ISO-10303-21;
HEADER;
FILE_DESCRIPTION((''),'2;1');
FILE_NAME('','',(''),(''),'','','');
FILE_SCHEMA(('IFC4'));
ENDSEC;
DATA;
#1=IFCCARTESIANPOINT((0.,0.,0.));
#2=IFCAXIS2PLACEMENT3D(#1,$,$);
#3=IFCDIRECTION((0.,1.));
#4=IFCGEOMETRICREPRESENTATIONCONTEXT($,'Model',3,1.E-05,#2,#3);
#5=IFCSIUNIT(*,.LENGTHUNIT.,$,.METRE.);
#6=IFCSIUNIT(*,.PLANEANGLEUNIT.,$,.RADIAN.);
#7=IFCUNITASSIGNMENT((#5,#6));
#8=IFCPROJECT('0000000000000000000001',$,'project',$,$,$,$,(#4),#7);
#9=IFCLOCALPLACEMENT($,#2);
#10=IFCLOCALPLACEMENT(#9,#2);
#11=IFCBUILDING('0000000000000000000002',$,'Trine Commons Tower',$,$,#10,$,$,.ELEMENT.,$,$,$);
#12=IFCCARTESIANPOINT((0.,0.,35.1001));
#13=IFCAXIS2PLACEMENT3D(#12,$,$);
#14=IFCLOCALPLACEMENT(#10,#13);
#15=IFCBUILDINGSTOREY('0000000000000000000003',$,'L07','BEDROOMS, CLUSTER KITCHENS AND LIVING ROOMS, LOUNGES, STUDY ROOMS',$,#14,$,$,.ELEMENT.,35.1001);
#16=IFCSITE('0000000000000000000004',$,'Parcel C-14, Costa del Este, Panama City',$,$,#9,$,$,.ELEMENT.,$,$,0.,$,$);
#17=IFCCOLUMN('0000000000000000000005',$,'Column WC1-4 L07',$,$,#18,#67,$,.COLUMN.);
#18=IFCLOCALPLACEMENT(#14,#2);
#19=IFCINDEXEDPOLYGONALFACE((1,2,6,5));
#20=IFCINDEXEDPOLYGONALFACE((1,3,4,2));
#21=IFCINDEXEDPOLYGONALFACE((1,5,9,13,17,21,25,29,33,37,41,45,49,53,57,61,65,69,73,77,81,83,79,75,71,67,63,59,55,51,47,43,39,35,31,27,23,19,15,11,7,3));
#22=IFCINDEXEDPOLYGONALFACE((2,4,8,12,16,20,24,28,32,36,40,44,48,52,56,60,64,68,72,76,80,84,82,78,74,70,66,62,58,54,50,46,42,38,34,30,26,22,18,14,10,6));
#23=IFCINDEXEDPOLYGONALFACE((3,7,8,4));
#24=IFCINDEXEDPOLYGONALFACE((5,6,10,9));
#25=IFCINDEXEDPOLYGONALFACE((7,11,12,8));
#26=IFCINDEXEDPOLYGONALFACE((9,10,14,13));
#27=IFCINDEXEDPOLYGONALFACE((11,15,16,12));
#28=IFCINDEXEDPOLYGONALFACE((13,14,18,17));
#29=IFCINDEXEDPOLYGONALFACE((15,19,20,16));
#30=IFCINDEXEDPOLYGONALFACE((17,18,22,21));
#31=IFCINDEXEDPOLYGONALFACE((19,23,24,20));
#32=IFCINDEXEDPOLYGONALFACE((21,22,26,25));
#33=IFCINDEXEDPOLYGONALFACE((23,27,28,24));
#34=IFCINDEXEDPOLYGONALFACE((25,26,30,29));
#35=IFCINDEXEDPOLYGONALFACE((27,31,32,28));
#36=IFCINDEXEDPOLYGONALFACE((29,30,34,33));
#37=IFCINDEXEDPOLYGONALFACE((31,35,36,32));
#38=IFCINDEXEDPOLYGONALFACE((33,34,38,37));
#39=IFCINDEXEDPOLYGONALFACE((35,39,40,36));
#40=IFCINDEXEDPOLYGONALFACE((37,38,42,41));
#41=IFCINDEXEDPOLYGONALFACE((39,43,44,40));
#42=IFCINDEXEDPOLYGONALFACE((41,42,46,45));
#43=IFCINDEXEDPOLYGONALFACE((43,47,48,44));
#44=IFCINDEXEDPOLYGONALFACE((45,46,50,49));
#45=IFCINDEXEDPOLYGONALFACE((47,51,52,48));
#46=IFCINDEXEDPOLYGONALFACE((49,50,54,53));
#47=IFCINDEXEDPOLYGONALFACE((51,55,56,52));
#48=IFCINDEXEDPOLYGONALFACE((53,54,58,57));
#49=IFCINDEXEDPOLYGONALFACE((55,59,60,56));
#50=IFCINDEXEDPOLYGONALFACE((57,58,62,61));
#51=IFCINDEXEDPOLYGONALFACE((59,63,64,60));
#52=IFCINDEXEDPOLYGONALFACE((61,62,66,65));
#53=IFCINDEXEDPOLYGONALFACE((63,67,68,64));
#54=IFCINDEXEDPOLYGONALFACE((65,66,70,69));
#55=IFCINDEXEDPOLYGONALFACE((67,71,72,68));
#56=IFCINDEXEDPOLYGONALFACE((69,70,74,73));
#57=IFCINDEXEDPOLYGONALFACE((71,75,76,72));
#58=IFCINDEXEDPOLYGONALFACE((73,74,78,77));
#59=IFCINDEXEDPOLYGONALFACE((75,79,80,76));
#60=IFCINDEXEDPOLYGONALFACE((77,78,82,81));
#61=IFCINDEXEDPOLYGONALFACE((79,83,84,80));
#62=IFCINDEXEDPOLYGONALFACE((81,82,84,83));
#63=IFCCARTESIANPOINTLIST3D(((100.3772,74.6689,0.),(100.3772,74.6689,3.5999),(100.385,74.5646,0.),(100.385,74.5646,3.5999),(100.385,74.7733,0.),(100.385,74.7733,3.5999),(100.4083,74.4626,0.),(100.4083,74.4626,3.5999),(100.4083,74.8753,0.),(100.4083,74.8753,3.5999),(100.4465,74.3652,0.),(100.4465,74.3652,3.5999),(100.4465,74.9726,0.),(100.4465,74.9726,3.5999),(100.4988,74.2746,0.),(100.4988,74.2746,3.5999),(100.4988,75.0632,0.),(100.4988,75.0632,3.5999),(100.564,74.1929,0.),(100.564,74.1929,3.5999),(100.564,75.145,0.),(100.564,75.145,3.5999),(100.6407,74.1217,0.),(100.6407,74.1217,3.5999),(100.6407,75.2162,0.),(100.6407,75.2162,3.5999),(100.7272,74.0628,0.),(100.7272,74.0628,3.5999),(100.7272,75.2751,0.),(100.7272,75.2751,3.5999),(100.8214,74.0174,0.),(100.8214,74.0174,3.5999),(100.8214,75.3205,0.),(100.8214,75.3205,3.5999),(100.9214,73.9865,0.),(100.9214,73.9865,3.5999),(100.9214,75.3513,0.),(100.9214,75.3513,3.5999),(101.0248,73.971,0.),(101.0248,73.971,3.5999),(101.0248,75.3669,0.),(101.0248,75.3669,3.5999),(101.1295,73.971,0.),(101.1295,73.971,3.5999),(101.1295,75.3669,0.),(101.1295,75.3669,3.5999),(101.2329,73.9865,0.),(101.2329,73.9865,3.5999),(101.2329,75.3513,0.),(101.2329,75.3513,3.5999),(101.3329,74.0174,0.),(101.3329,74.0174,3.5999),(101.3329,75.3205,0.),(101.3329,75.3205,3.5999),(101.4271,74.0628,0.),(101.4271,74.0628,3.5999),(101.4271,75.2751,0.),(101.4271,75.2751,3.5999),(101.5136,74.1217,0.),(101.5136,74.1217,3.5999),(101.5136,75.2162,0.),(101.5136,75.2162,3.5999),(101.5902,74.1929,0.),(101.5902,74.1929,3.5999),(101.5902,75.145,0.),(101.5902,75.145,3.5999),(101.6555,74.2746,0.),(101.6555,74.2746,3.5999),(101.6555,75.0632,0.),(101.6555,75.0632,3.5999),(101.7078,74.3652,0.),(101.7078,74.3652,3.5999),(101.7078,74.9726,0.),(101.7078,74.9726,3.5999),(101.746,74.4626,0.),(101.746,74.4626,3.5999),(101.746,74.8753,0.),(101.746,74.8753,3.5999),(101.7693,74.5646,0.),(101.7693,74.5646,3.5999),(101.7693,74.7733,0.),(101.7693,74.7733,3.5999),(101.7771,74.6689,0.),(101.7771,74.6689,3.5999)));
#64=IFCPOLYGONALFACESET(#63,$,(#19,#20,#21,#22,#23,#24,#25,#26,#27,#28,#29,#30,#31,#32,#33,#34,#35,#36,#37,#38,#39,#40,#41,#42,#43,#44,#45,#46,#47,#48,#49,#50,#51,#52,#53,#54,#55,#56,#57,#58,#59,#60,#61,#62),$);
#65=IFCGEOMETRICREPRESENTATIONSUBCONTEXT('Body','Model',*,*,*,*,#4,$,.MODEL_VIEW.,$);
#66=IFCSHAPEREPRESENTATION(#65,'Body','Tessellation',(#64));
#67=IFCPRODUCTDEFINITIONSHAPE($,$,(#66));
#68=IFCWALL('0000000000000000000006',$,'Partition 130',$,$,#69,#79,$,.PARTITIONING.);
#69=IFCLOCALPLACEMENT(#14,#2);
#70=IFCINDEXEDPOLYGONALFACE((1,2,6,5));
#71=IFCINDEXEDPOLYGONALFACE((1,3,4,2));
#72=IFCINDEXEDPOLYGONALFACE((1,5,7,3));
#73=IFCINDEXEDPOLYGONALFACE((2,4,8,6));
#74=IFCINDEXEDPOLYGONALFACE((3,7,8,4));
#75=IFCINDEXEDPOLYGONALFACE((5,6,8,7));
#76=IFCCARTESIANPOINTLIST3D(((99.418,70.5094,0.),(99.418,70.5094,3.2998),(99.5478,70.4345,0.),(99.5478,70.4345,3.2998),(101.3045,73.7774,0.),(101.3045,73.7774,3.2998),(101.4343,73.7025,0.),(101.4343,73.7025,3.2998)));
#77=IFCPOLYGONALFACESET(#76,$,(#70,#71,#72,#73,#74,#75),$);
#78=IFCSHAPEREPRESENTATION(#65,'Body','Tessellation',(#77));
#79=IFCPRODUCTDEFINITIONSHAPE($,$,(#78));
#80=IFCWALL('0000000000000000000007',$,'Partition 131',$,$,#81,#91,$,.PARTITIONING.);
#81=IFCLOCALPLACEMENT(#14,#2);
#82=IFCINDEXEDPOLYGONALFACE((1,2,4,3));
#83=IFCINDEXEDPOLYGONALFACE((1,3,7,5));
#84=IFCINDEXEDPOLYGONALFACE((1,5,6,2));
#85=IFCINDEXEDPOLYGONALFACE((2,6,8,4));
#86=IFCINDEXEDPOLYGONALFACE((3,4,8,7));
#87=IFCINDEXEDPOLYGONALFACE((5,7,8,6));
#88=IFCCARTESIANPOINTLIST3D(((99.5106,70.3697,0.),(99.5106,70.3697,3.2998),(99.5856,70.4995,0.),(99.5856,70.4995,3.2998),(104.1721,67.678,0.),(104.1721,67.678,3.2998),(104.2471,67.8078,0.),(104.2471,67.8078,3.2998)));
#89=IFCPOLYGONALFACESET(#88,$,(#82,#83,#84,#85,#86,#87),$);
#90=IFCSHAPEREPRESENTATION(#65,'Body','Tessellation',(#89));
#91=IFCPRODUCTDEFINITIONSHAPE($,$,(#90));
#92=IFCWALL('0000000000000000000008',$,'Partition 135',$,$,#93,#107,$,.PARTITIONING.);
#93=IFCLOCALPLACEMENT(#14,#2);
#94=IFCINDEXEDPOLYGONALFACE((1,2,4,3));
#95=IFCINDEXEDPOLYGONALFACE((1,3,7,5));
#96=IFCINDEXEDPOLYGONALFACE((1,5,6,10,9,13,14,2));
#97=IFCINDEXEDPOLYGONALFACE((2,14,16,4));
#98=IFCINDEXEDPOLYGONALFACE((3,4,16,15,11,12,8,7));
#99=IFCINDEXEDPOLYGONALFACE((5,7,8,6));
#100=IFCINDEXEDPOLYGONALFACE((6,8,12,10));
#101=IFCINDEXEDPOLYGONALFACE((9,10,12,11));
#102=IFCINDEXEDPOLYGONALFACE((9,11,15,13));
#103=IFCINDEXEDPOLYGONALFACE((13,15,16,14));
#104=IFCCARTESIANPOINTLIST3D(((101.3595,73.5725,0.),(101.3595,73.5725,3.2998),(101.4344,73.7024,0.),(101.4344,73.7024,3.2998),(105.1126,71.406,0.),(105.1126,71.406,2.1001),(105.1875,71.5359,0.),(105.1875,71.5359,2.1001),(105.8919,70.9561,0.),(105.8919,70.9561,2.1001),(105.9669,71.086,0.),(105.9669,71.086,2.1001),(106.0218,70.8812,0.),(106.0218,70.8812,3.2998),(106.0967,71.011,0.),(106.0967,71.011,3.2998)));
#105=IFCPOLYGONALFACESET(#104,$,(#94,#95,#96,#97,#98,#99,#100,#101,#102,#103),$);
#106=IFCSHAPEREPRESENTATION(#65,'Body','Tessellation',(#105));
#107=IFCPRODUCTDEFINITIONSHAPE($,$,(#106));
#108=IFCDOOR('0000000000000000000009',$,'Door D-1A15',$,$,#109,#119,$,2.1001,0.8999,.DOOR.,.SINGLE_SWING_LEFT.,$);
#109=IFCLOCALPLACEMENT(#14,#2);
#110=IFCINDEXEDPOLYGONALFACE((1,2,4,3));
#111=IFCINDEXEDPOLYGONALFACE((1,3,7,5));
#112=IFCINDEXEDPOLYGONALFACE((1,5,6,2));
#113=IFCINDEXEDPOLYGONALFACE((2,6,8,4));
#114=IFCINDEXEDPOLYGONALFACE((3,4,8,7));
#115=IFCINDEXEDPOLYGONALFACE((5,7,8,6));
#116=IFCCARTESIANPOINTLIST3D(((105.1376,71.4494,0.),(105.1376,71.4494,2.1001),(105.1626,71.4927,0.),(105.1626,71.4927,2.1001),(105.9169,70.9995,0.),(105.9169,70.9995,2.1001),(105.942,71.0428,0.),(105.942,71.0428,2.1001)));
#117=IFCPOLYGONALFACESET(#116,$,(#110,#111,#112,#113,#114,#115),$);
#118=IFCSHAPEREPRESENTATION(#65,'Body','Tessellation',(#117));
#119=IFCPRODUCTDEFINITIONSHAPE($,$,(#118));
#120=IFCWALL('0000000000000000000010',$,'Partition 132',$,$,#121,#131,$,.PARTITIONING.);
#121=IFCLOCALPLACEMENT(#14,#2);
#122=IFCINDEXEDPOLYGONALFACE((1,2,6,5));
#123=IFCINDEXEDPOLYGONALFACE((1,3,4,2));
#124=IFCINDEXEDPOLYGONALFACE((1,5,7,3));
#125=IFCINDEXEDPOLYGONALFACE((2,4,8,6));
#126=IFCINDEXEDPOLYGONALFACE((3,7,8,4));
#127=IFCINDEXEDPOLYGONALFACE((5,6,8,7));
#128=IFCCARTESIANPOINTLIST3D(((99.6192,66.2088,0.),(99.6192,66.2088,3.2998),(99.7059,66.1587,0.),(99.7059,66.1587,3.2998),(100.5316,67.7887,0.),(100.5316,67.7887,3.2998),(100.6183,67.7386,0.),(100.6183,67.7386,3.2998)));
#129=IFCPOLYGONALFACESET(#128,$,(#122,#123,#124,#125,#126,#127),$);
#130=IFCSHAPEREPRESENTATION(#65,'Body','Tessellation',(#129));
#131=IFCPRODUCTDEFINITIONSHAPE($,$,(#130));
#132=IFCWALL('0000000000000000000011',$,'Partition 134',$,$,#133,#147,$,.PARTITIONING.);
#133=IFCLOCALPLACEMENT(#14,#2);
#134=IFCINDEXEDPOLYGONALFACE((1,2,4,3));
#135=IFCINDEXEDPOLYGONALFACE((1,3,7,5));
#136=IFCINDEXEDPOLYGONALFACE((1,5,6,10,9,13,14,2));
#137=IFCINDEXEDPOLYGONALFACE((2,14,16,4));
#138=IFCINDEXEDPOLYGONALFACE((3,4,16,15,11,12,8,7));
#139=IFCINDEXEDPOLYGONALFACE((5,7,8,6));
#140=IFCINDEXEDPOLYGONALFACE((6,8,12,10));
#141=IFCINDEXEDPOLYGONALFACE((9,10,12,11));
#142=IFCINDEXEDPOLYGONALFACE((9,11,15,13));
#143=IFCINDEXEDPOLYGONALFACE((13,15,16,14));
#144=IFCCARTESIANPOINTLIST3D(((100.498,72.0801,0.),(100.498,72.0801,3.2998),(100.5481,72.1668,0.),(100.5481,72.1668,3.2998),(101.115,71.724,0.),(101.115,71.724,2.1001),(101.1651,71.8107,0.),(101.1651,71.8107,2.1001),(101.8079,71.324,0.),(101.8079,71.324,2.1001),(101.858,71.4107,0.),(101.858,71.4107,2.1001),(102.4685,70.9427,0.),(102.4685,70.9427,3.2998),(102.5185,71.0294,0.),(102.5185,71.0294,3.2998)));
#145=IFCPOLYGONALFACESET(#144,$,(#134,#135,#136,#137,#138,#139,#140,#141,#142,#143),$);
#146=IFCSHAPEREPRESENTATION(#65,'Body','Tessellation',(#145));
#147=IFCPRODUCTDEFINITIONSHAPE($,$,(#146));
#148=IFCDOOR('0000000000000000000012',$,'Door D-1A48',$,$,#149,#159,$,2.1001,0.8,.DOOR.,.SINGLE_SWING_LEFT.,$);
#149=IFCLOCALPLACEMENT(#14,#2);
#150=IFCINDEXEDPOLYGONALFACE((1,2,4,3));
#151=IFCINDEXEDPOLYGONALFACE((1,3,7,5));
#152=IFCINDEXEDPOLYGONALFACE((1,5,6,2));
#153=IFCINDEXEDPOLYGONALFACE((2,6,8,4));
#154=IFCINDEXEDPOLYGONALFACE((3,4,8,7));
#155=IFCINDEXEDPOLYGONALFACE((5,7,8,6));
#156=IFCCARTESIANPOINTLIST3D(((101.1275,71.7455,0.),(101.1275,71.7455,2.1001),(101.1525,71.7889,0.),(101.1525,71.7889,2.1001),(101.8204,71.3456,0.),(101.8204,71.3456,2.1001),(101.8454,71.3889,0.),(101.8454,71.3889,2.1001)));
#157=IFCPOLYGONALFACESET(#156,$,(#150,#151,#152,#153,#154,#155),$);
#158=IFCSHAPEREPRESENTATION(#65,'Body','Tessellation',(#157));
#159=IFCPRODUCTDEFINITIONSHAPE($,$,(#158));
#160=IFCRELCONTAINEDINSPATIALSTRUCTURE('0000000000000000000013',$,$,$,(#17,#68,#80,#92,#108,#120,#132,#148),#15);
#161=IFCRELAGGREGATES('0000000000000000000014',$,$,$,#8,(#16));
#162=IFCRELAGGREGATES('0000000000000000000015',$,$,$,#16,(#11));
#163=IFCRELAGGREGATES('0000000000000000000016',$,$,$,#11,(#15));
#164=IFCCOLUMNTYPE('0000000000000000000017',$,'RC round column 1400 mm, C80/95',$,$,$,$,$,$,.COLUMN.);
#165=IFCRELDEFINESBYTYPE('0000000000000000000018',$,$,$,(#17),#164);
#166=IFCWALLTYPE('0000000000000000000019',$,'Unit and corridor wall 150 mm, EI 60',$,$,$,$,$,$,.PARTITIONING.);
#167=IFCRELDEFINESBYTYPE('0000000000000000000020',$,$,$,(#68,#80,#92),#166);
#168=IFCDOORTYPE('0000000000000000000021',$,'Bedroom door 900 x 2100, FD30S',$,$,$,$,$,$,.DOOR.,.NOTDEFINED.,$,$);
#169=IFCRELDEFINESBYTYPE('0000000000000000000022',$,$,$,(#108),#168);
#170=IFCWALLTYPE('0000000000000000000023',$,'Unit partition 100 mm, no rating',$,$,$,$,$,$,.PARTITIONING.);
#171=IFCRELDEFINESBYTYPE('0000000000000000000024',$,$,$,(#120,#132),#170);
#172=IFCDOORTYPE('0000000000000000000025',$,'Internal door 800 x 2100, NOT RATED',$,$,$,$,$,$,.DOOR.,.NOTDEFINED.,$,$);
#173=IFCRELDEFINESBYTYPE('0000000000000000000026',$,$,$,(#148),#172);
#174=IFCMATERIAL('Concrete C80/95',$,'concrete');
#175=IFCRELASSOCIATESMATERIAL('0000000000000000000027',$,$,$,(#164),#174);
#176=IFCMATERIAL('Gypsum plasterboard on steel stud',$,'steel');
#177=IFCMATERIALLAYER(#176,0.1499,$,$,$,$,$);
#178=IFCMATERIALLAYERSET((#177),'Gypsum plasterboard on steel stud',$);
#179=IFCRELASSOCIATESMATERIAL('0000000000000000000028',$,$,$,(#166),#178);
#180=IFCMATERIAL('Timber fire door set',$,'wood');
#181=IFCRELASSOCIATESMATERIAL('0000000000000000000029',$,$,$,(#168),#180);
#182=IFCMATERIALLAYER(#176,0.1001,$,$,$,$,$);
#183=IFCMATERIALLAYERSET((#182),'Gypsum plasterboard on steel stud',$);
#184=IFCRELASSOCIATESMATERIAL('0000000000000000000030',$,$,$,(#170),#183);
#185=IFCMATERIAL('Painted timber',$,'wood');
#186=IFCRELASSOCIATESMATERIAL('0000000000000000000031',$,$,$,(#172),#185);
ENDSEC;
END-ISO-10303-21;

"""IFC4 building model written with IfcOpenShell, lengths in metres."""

from ifc_helpers import new_model, si_unit, direction, frame, frame_2d, origin, origin_2d, place, context, subcontext, project, spatial, rectangle, circle, extrude, material, layer, layer_set, material_profile, profile_set, type_object, element, fill, save


model = new_model("IFC4")

# Units and contexts
model_context = context("Model", 3, precision=1e-05, world=origin(), true_north=direction((0.0, 1.0)))
body_context = subcontext(model_context, "Body", "Model", "MODEL_VIEW")
ifc_project = project(units=[si_unit("LENGTHUNIT", "METRE"), si_unit("PLANEANGLEUNIT", "RADIAN")], contexts=[model_context])

# Site, building, storey
site_placement = place(None, origin())
site = spatial("IfcSite", under=ifc_project, at=site_placement, Name="Parcel C-14, Costa del Este, Panama City", CompositionType="ELEMENT", RefElevation=0.0)
building_placement = place(site_placement, origin())
building = spatial("IfcBuilding", under=site, at=building_placement, Name="Trine Commons Tower", CompositionType="ELEMENT")
storey_placement = place(building_placement, frame((0.0, 0.0, 35.1001)))
storey = spatial("IfcBuildingStorey", under=building, at=storey_placement, Name="L07", Description="BEDROOMS, CLUSTER KITCHENS AND LIVING ROOMS, LOUNGES, STUDY ROOMS", CompositionType="ELEMENT", Elevation=35.1001)

# Column
ifc_material_1 = material(Name="Concrete C80/95", Category="concrete")
ifc_material_profile = material_profile(ifc_material_1, circle(Radius=0.7, at=origin_2d()), Name="RC round 1400")
ifc_profile_set = profile_set([ifc_material_profile], Name="Concrete C80/95")
column_type = type_object("IfcColumnType", Name="RC round column 1400 mm, C80/95", PredefinedType="COLUMN", material=ifc_profile_set)
column_placement = place(storey_placement, frame((101.0771, 74.6689, 0.0), z_axis=(0.0, 0.0, 1.0), x_axis=(1.0, 0.0, 0.0)))
element("IfcColumn", 1, at=column_placement, inside=storey, type_object=column_type, Name="Column WC1-4 L07", PredefinedType="COLUMN", context=body_context, shape_type="SweptSolid", body=[
    extrude(circle(Radius=0.7, at=origin_2d()), origin(), (0.0, 0.0, 1.0), 3.5999),
])

# Walls
ifc_material_2 = material(Name="Gypsum plasterboard on steel stud", Category="steel")
ifc_layer_1 = layer(ifc_material_2, 0.1499)
ifc_layer_set_1 = layer_set([ifc_layer_1], Name="Gypsum plasterboard on steel stud")
wall_type_1 = type_object("IfcWallType", Name="Unit and corridor wall 150 mm, EI 60", PredefinedType="PARTITIONING", material=ifc_layer_set_1)
wall_1_placement = place(storey_placement, frame((99.4829, 70.4719, 0.0), z_axis=(0.0, 0.0, 1.0), x_axis=(0.499932, 0.866065, 0.0)))
element("IfcWall", 2, at=wall_1_placement, inside=storey, type_object=wall_type_1, Name="Partition 130", PredefinedType="PARTITIONING", context=body_context, shape_type="SweptSolid", body=[
    extrude(rectangle(XDim=3.7734, YDim=0.1499, at=frame_2d((1.8867, 0.0))), origin(), (0.0, 0.0, 1.0), 3.2998),
])
wall_2_placement = place(storey_placement, frame((99.5481, 70.4346, 0.0), z_axis=(0.0, 0.0, 1.0), x_axis=(0.865993, -0.500056, 0.0)))
element("IfcWall", 3, at=wall_2_placement, inside=storey, type_object=wall_type_1, Name="Partition 131", PredefinedType="PARTITIONING", context=body_context, shape_type="SweptSolid", body=[
    extrude(rectangle(XDim=5.3828, YDim=0.1499, at=frame_2d((2.6914, 0.0))), origin(), (0.0, 0.0, 1.0), 3.2998),
])

# Wall, opening, door
wall_3_placement = place(storey_placement, frame((101.397, 73.6375, 0.0), z_axis=(0.0, 0.0, 1.0), x_axis=(0.866058, -0.499944, 0.0)))
wall_3 = element("IfcWall", 4, at=wall_3_placement, inside=storey, type_object=wall_type_1, Name="Partition 135", PredefinedType="PARTITIONING", context=body_context, shape_type="SweptSolid", body=[
    extrude(rectangle(XDim=5.3833, YDim=0.1499, at=frame_2d((2.6917, 0.0))), origin(), (0.0, 0.0, 1.0), 3.2998),
])
opening_1_placement = place(wall_3_placement, frame((4.3335, 0.0, 0.0)))
opening_1 = element("IfcOpeningElement", 5, at=opening_1_placement, cuts=wall_3, PredefinedType="OPENING", context=body_context, shape_type="SweptSolid", body=[
    extrude(rectangle(XDim=0.8999, YDim=2.1001, at=frame_2d((0.45, 1.05))), frame((0.0, 0.085, 0.0), z_axis=(0.0, -1.0, 0.0), x_axis=(1.0, 0.0, 0.0)), (0.0, 0.0, 1.0), 0.1699),
])
ifc_material_3 = material(Name="Timber fire door set", Category="wood")
door_type_1 = type_object("IfcDoorType", Name="Bedroom door 900 x 2100, FD30S", OperationType="NOTDEFINED", PredefinedType="DOOR", material=ifc_material_3)
door_1_placement = place(opening_1_placement, frame((0.8999, 0.0, 0.0), z_axis=(0.0, 0.0, 1.0), x_axis=(-1.0, 0.0, 0.0)))
door_1 = element("IfcDoor", 6, at=door_1_placement, inside=storey, type_object=door_type_1, Name="Door D-1A15", OperationType="SINGLE_SWING_LEFT", OverallHeight=2.1001, OverallWidth=0.8999, PredefinedType="DOOR", context=body_context, shape_type="SweptSolid", body=[
    extrude(rectangle(XDim=0.8999, YDim=2.1001, at=frame_2d((0.45, 1.05))), frame((0.0, 0.0249, 0.0), z_axis=(0.0, -1.0, 0.0), x_axis=(1.0, 0.0, 0.0)), (0.0, 0.0, 1.0), 0.05),
])
fill(opening_1, door_1)

# Wall
ifc_layer_2 = layer(ifc_material_2, 0.1001)
ifc_layer_set_2 = layer_set([ifc_layer_2], Name="Gypsum plasterboard on steel stud")
wall_type_2 = type_object("IfcWallType", Name="Unit partition 100 mm, no rating", PredefinedType="PARTITIONING", material=ifc_layer_set_2)
wall_4_placement = place(storey_placement, frame((99.6626, 66.1838, 0.0), z_axis=(0.0, 0.0, 1.0), x_axis=(0.500097, 0.865969, 0.0)))
element("IfcWall", 7, at=wall_4_placement, inside=storey, type_object=wall_type_2, Name="Partition 132", PredefinedType="PARTITIONING", context=body_context, shape_type="SweptSolid", body=[
    extrude(rectangle(XDim=1.8245, YDim=0.1001, at=frame_2d((0.9121, 0.0))), origin(), (0.0, 0.0, 1.0), 3.2998),
])

# Wall, opening, door
wall_5_placement = place(storey_placement, frame((100.5229, 72.1235, 0.0), z_axis=(0.0, 0.0, 1.0), x_axis=(0.866062, -0.499936, 0.0)))
wall_5 = element("IfcWall", 8, at=wall_5_placement, inside=storey, type_object=wall_type_2, Name="Partition 134", PredefinedType="PARTITIONING", context=body_context, shape_type="SweptSolid", body=[
    extrude(rectangle(XDim=2.2751, YDim=0.1001, at=frame_2d((1.1377, 0.0))), origin(), (0.0, 0.0, 1.0), 3.2998),
])
opening_2_placement = place(wall_5_placement, frame((0.7126, 0.0, 0.0)))
opening_2 = element("IfcOpeningElement", 9, at=opening_2_placement, cuts=wall_5, PredefinedType="OPENING", context=body_context, shape_type="SweptSolid", body=[
    extrude(rectangle(XDim=0.8, YDim=2.1001, at=frame_2d((0.3999, 1.05))), frame((0.0, 0.0601, 0.0), z_axis=(0.0, -1.0, 0.0), x_axis=(1.0, 0.0, 0.0)), (0.0, 0.0, 1.0), 0.1201),
])
ifc_material_4 = material(Name="Painted timber", Category="wood")
door_type_2 = type_object("IfcDoorType", Name="Internal door 800 x 2100, NOT RATED", OperationType="NOTDEFINED", PredefinedType="DOOR", material=ifc_material_4)
door_2_placement = place(opening_2_placement, origin())
door_2 = element("IfcDoor", 10, at=door_2_placement, inside=storey, type_object=door_type_2, Name="Door D-1A48", OperationType="SINGLE_SWING_LEFT", OverallHeight=2.1001, OverallWidth=0.8, PredefinedType="DOOR", context=body_context, shape_type="SweptSolid", body=[
    extrude(rectangle(XDim=0.8, YDim=2.1001, at=frame_2d((0.3999, 1.05))), frame((0.0, 0.0249, 0.0), z_axis=(0.0, -1.0, 0.0), x_axis=(1.0, 0.0, 0.0)), (0.0, 0.0, 1.0), 0.05),
])
fill(opening_2, door_2)

save(model, "model.ifc")
